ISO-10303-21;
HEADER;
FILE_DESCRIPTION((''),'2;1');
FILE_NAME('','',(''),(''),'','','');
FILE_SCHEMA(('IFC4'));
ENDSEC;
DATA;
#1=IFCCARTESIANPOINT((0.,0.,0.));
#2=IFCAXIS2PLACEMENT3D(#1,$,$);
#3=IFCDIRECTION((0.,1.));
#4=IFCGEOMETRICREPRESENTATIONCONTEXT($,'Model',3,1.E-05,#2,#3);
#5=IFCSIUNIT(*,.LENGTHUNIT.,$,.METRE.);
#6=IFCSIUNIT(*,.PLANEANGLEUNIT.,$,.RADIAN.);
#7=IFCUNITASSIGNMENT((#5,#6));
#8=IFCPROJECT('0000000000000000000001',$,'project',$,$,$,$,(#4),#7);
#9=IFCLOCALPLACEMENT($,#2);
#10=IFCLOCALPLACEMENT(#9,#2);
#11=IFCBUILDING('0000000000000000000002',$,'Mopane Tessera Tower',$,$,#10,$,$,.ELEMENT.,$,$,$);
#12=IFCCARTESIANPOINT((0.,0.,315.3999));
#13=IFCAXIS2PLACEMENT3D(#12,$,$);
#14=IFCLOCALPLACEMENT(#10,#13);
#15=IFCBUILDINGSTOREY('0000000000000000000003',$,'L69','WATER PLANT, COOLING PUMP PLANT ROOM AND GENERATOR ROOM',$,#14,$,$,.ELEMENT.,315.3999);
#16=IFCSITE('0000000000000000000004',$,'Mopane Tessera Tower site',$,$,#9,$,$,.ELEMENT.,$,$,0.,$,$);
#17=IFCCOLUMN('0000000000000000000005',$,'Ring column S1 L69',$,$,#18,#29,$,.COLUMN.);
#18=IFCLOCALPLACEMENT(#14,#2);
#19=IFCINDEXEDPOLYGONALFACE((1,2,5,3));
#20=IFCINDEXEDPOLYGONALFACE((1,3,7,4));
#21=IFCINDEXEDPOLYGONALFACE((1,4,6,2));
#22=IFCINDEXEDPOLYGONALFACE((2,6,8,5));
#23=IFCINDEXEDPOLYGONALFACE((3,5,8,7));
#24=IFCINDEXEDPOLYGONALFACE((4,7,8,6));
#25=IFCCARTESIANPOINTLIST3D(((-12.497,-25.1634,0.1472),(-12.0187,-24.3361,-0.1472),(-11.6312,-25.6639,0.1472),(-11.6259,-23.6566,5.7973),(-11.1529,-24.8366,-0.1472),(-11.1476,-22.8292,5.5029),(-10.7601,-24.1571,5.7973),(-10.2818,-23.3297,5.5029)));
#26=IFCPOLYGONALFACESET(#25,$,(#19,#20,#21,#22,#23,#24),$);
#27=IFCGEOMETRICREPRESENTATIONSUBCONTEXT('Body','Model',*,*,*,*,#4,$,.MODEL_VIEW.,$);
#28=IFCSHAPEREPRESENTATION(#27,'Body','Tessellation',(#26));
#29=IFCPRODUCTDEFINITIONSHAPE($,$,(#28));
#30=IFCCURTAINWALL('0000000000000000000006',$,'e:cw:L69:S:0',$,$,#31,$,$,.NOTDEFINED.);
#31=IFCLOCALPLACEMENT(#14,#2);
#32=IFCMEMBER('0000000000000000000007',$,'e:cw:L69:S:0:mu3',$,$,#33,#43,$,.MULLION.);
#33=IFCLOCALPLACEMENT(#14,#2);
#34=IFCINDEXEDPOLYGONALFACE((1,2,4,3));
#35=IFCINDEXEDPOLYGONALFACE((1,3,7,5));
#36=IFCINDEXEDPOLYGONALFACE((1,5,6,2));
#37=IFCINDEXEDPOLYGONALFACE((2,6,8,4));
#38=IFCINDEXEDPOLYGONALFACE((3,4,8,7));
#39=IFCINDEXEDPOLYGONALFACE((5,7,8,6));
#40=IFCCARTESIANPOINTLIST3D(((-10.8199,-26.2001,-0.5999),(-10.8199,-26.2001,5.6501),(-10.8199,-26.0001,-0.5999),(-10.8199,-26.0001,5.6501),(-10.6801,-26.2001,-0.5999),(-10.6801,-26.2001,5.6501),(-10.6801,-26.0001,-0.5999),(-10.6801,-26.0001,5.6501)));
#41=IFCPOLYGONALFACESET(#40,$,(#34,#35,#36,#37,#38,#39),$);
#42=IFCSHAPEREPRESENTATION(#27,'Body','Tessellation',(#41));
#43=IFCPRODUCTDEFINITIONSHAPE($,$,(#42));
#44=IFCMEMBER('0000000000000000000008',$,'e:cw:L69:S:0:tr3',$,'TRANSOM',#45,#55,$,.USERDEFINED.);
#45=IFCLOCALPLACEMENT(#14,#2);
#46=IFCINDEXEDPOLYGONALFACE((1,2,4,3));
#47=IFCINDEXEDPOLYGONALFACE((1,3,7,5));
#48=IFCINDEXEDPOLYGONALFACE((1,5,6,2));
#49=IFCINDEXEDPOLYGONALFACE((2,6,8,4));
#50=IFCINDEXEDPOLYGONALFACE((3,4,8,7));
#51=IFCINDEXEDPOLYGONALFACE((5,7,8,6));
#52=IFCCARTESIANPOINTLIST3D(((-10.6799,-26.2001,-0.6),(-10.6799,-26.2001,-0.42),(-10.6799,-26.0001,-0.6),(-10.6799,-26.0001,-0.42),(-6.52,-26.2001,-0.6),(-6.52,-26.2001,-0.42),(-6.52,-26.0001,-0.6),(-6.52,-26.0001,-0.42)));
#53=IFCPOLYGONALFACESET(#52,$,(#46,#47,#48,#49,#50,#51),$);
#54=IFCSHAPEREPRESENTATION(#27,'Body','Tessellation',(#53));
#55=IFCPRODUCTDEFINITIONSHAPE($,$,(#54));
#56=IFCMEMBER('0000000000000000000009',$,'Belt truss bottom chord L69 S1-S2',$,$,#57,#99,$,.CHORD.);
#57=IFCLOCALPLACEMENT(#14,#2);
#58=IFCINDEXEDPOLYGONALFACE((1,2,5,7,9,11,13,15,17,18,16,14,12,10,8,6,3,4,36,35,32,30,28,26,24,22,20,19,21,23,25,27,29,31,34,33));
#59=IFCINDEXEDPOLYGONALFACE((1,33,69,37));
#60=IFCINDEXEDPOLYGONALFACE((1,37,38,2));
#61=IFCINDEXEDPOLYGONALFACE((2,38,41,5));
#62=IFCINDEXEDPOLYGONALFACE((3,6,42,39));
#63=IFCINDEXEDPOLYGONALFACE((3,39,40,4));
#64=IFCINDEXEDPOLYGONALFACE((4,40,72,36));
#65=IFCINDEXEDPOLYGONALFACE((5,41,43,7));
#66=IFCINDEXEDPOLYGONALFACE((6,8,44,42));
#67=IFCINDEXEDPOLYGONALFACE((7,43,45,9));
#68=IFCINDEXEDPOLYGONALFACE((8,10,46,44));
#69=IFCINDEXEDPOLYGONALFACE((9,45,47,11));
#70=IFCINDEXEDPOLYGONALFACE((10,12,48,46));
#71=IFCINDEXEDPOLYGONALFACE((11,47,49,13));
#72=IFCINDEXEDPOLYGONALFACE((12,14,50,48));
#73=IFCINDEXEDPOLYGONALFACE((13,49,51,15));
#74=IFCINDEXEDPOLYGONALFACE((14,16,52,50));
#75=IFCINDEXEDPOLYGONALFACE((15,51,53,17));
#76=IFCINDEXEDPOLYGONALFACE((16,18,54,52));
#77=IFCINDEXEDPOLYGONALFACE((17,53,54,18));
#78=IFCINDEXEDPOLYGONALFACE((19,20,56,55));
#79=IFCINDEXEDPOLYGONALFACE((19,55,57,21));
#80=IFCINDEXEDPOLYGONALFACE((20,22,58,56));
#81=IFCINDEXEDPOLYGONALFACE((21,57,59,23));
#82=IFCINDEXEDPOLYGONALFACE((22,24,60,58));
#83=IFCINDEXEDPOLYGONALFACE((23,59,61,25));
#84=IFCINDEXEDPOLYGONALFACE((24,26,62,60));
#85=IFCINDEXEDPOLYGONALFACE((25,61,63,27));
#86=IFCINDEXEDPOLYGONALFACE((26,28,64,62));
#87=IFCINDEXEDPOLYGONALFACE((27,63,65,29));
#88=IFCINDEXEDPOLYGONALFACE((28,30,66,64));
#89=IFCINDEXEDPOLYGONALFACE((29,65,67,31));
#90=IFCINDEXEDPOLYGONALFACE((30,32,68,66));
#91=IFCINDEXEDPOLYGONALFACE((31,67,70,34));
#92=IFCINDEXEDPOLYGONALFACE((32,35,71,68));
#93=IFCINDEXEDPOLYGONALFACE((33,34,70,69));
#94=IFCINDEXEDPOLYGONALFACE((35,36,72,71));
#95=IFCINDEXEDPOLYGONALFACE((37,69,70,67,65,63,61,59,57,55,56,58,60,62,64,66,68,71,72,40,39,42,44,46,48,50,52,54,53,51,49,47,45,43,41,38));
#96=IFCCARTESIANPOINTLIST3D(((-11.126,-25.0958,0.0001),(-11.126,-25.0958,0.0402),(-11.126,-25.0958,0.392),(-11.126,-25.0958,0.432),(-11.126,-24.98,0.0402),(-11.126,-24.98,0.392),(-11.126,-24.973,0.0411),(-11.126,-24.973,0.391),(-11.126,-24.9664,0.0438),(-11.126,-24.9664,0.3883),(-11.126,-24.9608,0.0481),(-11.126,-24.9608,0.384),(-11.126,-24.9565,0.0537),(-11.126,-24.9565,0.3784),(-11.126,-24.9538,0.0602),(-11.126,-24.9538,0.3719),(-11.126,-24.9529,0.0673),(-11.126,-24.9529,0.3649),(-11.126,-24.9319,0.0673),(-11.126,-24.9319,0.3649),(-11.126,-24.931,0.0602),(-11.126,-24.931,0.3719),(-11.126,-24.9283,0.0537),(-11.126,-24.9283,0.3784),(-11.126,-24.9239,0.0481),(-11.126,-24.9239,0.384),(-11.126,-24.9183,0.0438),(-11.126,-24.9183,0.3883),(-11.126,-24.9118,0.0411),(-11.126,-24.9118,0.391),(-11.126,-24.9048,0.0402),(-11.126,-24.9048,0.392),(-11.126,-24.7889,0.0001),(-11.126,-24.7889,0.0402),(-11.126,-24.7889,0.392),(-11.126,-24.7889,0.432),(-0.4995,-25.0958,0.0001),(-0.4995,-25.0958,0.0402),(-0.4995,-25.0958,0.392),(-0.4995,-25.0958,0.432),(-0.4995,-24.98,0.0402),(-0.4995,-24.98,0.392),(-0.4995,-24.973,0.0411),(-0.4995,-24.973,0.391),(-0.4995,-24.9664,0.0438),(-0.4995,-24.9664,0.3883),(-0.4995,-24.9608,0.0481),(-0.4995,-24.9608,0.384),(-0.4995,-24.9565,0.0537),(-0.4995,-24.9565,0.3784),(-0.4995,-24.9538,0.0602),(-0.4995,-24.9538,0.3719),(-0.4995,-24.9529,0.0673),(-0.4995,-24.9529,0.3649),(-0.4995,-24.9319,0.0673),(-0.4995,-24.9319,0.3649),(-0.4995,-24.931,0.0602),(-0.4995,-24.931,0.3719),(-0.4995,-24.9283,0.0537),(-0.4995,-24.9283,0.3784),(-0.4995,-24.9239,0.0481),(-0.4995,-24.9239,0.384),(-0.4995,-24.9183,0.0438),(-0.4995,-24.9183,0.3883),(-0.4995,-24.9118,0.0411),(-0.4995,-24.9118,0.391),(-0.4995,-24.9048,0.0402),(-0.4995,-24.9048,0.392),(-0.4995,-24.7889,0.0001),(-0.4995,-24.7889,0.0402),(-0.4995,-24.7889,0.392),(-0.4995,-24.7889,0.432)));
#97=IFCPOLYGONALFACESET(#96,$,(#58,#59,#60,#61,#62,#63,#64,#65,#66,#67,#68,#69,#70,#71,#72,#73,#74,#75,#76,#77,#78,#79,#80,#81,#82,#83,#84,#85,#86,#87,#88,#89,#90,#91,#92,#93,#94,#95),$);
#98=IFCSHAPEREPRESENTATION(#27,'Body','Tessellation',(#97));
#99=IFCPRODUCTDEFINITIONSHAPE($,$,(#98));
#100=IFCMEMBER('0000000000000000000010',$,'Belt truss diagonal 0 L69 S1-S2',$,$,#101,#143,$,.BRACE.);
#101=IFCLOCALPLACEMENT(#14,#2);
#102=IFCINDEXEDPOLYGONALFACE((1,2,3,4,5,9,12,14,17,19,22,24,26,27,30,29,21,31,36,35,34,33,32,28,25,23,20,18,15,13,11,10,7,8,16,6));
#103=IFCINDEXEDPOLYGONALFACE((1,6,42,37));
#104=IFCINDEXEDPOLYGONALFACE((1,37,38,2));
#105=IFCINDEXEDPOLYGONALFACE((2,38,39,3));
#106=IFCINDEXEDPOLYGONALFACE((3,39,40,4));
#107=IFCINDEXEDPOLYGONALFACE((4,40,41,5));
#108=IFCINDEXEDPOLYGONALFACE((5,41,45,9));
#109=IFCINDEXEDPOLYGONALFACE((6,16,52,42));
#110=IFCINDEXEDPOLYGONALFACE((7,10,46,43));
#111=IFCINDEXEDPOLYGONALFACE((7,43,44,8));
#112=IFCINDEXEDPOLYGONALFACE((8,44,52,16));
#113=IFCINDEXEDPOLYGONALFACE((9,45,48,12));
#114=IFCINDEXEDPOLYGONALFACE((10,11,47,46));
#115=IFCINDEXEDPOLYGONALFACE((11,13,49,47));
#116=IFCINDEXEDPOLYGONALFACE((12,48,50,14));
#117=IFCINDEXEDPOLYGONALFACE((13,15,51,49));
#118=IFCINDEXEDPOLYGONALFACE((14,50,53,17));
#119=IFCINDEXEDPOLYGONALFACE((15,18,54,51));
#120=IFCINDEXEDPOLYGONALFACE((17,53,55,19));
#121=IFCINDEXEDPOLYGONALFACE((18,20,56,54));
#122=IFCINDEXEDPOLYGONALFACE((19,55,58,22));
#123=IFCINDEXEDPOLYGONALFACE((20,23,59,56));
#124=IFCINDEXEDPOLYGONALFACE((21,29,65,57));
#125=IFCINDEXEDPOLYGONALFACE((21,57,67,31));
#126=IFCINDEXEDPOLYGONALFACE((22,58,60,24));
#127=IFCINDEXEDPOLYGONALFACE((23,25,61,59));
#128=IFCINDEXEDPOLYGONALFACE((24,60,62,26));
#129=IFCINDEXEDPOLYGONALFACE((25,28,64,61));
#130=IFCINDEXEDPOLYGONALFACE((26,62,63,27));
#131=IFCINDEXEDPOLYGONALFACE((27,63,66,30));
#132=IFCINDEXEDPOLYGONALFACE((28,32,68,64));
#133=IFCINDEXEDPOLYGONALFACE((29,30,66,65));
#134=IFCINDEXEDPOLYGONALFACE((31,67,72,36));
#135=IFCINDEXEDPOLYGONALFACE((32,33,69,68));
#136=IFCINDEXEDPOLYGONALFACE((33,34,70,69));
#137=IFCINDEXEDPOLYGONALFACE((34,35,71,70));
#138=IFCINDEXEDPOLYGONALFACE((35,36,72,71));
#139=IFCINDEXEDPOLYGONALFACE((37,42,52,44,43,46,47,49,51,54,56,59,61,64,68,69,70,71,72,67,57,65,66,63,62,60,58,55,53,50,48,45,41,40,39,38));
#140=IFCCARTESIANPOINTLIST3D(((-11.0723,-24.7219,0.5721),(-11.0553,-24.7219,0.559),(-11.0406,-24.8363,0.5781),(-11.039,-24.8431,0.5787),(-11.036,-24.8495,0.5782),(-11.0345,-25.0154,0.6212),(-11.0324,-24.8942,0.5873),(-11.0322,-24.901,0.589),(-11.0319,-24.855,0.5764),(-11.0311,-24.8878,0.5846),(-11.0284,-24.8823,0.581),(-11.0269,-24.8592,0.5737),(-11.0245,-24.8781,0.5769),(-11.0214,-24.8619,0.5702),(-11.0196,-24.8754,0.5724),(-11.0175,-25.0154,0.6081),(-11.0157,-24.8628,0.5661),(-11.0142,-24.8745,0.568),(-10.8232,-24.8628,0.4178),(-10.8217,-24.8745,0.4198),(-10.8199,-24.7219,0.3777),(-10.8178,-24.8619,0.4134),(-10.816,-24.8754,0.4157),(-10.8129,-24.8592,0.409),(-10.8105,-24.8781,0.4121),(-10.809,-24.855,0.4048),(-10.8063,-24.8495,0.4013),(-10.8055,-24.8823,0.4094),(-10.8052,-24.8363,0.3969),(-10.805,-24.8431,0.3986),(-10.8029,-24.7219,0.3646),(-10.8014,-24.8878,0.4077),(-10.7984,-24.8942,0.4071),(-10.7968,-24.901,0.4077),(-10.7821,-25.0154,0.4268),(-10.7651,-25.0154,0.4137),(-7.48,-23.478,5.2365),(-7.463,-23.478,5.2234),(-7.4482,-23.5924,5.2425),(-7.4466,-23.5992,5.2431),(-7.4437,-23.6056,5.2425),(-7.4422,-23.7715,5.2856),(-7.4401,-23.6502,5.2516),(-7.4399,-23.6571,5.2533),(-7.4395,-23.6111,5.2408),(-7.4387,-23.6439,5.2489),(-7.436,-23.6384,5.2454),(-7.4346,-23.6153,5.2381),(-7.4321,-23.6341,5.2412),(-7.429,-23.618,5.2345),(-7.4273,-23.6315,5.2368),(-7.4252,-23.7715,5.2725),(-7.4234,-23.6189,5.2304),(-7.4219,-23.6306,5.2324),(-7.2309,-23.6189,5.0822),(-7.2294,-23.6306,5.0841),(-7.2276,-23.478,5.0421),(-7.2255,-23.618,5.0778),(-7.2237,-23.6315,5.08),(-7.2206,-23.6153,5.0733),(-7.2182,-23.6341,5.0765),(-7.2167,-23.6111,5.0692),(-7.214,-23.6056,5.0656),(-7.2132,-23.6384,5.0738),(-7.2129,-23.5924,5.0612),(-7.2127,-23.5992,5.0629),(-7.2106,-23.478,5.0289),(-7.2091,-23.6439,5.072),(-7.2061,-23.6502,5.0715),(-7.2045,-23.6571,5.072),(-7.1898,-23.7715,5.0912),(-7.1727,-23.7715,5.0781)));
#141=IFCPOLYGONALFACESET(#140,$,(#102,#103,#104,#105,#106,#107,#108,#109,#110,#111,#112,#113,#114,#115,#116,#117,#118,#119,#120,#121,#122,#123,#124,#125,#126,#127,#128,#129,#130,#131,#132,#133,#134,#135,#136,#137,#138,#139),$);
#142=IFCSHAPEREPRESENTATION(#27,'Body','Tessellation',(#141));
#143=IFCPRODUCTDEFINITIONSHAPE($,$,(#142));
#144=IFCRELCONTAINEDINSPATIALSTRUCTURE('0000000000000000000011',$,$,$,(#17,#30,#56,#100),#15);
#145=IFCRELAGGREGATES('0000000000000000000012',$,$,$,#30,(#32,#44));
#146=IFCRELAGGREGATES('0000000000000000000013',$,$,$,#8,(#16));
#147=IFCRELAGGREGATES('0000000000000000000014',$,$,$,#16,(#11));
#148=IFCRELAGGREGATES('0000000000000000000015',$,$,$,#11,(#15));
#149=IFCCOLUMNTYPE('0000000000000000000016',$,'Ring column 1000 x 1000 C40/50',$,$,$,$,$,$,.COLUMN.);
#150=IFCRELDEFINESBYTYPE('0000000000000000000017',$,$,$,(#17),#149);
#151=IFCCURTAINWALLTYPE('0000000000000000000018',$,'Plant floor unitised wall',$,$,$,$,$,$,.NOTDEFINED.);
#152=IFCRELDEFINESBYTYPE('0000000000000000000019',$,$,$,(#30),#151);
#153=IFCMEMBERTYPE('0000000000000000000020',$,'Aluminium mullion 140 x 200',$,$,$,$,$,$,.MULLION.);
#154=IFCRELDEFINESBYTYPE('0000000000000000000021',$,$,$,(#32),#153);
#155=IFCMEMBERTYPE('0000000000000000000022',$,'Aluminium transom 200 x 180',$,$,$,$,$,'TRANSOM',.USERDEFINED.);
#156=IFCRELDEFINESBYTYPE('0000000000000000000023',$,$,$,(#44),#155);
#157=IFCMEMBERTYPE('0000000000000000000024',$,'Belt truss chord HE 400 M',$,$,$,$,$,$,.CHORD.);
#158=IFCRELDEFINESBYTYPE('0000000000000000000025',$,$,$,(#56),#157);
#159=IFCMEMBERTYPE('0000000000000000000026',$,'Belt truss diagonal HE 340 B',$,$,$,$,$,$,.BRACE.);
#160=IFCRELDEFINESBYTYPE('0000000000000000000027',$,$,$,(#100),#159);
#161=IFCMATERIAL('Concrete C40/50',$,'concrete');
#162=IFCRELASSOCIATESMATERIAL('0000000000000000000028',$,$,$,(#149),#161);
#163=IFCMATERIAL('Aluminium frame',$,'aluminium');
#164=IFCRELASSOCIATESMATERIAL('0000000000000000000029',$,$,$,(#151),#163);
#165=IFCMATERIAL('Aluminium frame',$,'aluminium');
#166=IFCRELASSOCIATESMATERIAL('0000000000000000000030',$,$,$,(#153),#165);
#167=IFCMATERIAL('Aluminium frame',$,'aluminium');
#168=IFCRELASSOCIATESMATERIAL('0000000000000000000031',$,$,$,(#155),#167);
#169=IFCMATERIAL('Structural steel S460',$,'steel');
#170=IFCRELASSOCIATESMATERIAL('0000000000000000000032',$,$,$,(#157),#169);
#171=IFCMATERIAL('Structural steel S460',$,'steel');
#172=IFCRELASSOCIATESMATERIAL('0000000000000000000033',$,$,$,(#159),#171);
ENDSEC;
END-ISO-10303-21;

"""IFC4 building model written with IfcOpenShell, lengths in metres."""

from ifc_helpers import new_model, si_unit, direction, frame, origin, origin_2d, place, context, subcontext, project, spatial, rectangle, i_section, extrude, material, material_profile, profile_set, type_object, element, aggregate, save


model = new_model("IFC4")

# Units and contexts
model_context = context("Model", 3, precision=1e-05, world=origin(), true_north=direction((0.0, 1.0)))
body_context = subcontext(model_context, "Body", "Model", "MODEL_VIEW")
ifc_project = project(units=[si_unit("LENGTHUNIT", "METRE"), si_unit("PLANEANGLEUNIT", "RADIAN")], contexts=[model_context])

# Site, building, storey
site_placement = place(None, origin())
site = spatial("IfcSite", under=ifc_project, at=site_placement, Name="Mopane Tessera Tower site", CompositionType="ELEMENT", RefElevation=0.0)
building_placement = place(site_placement, origin())
building = spatial("IfcBuilding", under=site, at=building_placement, Name="Mopane Tessera Tower", CompositionType="ELEMENT")
storey_placement = place(building_placement, frame((0.0, 0.0, 315.3999)))
storey = spatial("IfcBuildingStorey", under=building, at=storey_placement, Name="L69", Description="WATER PLANT, COOLING PUMP PLANT ROOM AND GENERATOR ROOM", CompositionType="ELEMENT", Elevation=315.3999)

# Column
ifc_material_1 = material(Name="Concrete C40/50", Category="concrete")
ifc_material_profile_1 = material_profile(ifc_material_1, rectangle(XDim=1.0, YDim=1.0, at=origin_2d()))
ifc_profile_set_1 = profile_set([ifc_material_profile_1], Name="Concrete C40/50")
column_type = type_object("IfcColumnType", Name="Ring column 1000 x 1000 C40/50", PredefinedType="COLUMN", material=ifc_profile_set_1)
column_placement = place(storey_placement, frame((-11.825, -25.0, 0.0), z_axis=(0.14734, 0.254871, 0.955684), x_axis=(-0.865746, 0.500483, 0.0)))
element("IfcColumn", 1, at=column_placement, inside=storey, type_object=column_type, Name="Ring column S1 L69", PredefinedType="COLUMN", context=body_context, shape_type="SweptSolid", body=[
    extrude(rectangle(XDim=1.0, YDim=1.0, at=origin_2d()), origin(), (0.0, 0.0, 1.0), 5.9121),
])

# Curtain wall, members
ifc_material_2 = material(Name="Aluminium frame", Category="aluminium")
curtain_wall_type = type_object("IfcCurtainWallType", Name="Plant floor unitised wall", PredefinedType="NOTDEFINED", material=ifc_material_2)
curtain_wall_placement = place(storey_placement, origin())
curtain_wall = element("IfcCurtainWall", 2, at=curtain_wall_placement, inside=storey, type_object=curtain_wall_type, Name="e:cw:L69:S:0", PredefinedType="NOTDEFINED")
ifc_material_3 = material(Name="Aluminium frame", Category="aluminium")
ifc_material_profile_2 = material_profile(ifc_material_3, rectangle(XDim=0.1399, YDim=0.2, at=origin_2d()))
ifc_profile_set_2 = profile_set([ifc_material_profile_2], Name="Aluminium frame")
member_type_1 = type_object("IfcMemberType", Name="Aluminium mullion 140 x 200", PredefinedType="MULLION", material=ifc_profile_set_2)
member_1_placement = place(storey_placement, frame((-10.75, -26.1001, -0.5999), z_axis=(0.0, 0.0, 1.0), x_axis=(1.0, 0.0, 0.0)))
member_1 = element("IfcMember", 3, at=member_1_placement, type_object=member_type_1, Name="e:cw:L69:S:0:mu3", PredefinedType="MULLION", context=body_context, shape_type="SweptSolid", body=[
    extrude(rectangle(XDim=0.1399, YDim=0.2, at=origin_2d()), origin(), (0.0, 0.0, 1.0), 6.25),
])
ifc_material_4 = material(Name="Aluminium frame", Category="aluminium")
ifc_material_profile_3 = material_profile(ifc_material_4, rectangle(XDim=0.2, YDim=0.1799, at=origin_2d()))
ifc_profile_set_3 = profile_set([ifc_material_profile_3], Name="Aluminium frame")
member_type_2 = type_object("IfcMemberType", Name="Aluminium transom 200 x 180", ElementType="TRANSOM", PredefinedType="USERDEFINED", material=ifc_profile_set_3)
member_2_placement = place(storey_placement, frame((-10.6799, -26.1001, -0.51), z_axis=(1.0, 0.0, 0.0), x_axis=(0.0, 1.0, 0.0)))
member_2 = element("IfcMember", 4, at=member_2_placement, type_object=member_type_2, Name="e:cw:L69:S:0:tr3", ObjectType="TRANSOM", PredefinedType="USERDEFINED", context=body_context, shape_type="SweptSolid", body=[
    extrude(rectangle(XDim=0.2, YDim=0.1799, at=origin_2d()), origin(), (0.0, 0.0, 1.0), 4.1599),
])

# Members
ifc_material_5 = material(Name="Structural steel S460", Category="steel")
ifc_material_profile_4 = material_profile(ifc_material_5, i_section(OverallWidth=0.3069, OverallDepth=0.4319, WebThickness=0.021, FlangeThickness=0.04, FilletRadius=0.0271, at=origin_2d()))
ifc_profile_set_4 = profile_set([ifc_material_profile_4], Name="Structural steel S460")
member_type_3 = type_object("IfcMemberType", Name="Belt truss chord HE 400 M", PredefinedType="CHORD", material=ifc_profile_set_4)
member_3_placement = place(storey_placement, frame((-11.126, -24.9424, 0.2161), z_axis=(1.0, 0.0, 0.0), x_axis=(0.0, 1.0, 0.0)))
element("IfcMember", 5, at=member_3_placement, inside=storey, type_object=member_type_3, Name="Belt truss bottom chord L69 S1-S2", PredefinedType="CHORD", context=body_context, shape_type="SweptSolid", body=[
    extrude(i_section(OverallWidth=0.3069, OverallDepth=0.4319, WebThickness=0.021, FlangeThickness=0.04, FilletRadius=0.0271, at=origin_2d()), origin(), (0.0, 0.0, 1.0), 10.6265),
])
ifc_material_6 = material(Name="Structural steel S460", Category="steel")
ifc_material_profile_5 = material_profile(ifc_material_6, i_section(OverallWidth=0.3, OverallDepth=0.3401, WebThickness=0.012, FlangeThickness=0.0215, FilletRadius=0.0271, at=origin_2d()))
ifc_profile_set_5 = profile_set([ifc_material_profile_5], Name="Structural steel S460")
member_type_4 = type_object("IfcMemberType", Name="Belt truss diagonal HE 340 B", PredefinedType="BRACE", material=ifc_profile_set_5)
member_4_placement = place(storey_placement, frame((-10.9187, -24.8687, 0.4929), z_axis=(0.596996, 0.206721, 0.775153), x_axis=(-0.126137, 0.9784, -0.163778)))
element("IfcMember", 6, at=member_4_placement, inside=storey, type_object=member_type_4, Name="Belt truss diagonal 0 L69 S1-S2", PredefinedType="BRACE", context=body_context, shape_type="SweptSolid", body=[
    extrude(i_section(OverallWidth=0.3, OverallDepth=0.3401, WebThickness=0.012, FlangeThickness=0.0215, FilletRadius=0.0271, at=origin_2d()), origin(), (0.0, 0.0, 1.0), 6.0173),
])

aggregate(curtain_wall, [member_1, member_2])

save(model, "model.ifc")
